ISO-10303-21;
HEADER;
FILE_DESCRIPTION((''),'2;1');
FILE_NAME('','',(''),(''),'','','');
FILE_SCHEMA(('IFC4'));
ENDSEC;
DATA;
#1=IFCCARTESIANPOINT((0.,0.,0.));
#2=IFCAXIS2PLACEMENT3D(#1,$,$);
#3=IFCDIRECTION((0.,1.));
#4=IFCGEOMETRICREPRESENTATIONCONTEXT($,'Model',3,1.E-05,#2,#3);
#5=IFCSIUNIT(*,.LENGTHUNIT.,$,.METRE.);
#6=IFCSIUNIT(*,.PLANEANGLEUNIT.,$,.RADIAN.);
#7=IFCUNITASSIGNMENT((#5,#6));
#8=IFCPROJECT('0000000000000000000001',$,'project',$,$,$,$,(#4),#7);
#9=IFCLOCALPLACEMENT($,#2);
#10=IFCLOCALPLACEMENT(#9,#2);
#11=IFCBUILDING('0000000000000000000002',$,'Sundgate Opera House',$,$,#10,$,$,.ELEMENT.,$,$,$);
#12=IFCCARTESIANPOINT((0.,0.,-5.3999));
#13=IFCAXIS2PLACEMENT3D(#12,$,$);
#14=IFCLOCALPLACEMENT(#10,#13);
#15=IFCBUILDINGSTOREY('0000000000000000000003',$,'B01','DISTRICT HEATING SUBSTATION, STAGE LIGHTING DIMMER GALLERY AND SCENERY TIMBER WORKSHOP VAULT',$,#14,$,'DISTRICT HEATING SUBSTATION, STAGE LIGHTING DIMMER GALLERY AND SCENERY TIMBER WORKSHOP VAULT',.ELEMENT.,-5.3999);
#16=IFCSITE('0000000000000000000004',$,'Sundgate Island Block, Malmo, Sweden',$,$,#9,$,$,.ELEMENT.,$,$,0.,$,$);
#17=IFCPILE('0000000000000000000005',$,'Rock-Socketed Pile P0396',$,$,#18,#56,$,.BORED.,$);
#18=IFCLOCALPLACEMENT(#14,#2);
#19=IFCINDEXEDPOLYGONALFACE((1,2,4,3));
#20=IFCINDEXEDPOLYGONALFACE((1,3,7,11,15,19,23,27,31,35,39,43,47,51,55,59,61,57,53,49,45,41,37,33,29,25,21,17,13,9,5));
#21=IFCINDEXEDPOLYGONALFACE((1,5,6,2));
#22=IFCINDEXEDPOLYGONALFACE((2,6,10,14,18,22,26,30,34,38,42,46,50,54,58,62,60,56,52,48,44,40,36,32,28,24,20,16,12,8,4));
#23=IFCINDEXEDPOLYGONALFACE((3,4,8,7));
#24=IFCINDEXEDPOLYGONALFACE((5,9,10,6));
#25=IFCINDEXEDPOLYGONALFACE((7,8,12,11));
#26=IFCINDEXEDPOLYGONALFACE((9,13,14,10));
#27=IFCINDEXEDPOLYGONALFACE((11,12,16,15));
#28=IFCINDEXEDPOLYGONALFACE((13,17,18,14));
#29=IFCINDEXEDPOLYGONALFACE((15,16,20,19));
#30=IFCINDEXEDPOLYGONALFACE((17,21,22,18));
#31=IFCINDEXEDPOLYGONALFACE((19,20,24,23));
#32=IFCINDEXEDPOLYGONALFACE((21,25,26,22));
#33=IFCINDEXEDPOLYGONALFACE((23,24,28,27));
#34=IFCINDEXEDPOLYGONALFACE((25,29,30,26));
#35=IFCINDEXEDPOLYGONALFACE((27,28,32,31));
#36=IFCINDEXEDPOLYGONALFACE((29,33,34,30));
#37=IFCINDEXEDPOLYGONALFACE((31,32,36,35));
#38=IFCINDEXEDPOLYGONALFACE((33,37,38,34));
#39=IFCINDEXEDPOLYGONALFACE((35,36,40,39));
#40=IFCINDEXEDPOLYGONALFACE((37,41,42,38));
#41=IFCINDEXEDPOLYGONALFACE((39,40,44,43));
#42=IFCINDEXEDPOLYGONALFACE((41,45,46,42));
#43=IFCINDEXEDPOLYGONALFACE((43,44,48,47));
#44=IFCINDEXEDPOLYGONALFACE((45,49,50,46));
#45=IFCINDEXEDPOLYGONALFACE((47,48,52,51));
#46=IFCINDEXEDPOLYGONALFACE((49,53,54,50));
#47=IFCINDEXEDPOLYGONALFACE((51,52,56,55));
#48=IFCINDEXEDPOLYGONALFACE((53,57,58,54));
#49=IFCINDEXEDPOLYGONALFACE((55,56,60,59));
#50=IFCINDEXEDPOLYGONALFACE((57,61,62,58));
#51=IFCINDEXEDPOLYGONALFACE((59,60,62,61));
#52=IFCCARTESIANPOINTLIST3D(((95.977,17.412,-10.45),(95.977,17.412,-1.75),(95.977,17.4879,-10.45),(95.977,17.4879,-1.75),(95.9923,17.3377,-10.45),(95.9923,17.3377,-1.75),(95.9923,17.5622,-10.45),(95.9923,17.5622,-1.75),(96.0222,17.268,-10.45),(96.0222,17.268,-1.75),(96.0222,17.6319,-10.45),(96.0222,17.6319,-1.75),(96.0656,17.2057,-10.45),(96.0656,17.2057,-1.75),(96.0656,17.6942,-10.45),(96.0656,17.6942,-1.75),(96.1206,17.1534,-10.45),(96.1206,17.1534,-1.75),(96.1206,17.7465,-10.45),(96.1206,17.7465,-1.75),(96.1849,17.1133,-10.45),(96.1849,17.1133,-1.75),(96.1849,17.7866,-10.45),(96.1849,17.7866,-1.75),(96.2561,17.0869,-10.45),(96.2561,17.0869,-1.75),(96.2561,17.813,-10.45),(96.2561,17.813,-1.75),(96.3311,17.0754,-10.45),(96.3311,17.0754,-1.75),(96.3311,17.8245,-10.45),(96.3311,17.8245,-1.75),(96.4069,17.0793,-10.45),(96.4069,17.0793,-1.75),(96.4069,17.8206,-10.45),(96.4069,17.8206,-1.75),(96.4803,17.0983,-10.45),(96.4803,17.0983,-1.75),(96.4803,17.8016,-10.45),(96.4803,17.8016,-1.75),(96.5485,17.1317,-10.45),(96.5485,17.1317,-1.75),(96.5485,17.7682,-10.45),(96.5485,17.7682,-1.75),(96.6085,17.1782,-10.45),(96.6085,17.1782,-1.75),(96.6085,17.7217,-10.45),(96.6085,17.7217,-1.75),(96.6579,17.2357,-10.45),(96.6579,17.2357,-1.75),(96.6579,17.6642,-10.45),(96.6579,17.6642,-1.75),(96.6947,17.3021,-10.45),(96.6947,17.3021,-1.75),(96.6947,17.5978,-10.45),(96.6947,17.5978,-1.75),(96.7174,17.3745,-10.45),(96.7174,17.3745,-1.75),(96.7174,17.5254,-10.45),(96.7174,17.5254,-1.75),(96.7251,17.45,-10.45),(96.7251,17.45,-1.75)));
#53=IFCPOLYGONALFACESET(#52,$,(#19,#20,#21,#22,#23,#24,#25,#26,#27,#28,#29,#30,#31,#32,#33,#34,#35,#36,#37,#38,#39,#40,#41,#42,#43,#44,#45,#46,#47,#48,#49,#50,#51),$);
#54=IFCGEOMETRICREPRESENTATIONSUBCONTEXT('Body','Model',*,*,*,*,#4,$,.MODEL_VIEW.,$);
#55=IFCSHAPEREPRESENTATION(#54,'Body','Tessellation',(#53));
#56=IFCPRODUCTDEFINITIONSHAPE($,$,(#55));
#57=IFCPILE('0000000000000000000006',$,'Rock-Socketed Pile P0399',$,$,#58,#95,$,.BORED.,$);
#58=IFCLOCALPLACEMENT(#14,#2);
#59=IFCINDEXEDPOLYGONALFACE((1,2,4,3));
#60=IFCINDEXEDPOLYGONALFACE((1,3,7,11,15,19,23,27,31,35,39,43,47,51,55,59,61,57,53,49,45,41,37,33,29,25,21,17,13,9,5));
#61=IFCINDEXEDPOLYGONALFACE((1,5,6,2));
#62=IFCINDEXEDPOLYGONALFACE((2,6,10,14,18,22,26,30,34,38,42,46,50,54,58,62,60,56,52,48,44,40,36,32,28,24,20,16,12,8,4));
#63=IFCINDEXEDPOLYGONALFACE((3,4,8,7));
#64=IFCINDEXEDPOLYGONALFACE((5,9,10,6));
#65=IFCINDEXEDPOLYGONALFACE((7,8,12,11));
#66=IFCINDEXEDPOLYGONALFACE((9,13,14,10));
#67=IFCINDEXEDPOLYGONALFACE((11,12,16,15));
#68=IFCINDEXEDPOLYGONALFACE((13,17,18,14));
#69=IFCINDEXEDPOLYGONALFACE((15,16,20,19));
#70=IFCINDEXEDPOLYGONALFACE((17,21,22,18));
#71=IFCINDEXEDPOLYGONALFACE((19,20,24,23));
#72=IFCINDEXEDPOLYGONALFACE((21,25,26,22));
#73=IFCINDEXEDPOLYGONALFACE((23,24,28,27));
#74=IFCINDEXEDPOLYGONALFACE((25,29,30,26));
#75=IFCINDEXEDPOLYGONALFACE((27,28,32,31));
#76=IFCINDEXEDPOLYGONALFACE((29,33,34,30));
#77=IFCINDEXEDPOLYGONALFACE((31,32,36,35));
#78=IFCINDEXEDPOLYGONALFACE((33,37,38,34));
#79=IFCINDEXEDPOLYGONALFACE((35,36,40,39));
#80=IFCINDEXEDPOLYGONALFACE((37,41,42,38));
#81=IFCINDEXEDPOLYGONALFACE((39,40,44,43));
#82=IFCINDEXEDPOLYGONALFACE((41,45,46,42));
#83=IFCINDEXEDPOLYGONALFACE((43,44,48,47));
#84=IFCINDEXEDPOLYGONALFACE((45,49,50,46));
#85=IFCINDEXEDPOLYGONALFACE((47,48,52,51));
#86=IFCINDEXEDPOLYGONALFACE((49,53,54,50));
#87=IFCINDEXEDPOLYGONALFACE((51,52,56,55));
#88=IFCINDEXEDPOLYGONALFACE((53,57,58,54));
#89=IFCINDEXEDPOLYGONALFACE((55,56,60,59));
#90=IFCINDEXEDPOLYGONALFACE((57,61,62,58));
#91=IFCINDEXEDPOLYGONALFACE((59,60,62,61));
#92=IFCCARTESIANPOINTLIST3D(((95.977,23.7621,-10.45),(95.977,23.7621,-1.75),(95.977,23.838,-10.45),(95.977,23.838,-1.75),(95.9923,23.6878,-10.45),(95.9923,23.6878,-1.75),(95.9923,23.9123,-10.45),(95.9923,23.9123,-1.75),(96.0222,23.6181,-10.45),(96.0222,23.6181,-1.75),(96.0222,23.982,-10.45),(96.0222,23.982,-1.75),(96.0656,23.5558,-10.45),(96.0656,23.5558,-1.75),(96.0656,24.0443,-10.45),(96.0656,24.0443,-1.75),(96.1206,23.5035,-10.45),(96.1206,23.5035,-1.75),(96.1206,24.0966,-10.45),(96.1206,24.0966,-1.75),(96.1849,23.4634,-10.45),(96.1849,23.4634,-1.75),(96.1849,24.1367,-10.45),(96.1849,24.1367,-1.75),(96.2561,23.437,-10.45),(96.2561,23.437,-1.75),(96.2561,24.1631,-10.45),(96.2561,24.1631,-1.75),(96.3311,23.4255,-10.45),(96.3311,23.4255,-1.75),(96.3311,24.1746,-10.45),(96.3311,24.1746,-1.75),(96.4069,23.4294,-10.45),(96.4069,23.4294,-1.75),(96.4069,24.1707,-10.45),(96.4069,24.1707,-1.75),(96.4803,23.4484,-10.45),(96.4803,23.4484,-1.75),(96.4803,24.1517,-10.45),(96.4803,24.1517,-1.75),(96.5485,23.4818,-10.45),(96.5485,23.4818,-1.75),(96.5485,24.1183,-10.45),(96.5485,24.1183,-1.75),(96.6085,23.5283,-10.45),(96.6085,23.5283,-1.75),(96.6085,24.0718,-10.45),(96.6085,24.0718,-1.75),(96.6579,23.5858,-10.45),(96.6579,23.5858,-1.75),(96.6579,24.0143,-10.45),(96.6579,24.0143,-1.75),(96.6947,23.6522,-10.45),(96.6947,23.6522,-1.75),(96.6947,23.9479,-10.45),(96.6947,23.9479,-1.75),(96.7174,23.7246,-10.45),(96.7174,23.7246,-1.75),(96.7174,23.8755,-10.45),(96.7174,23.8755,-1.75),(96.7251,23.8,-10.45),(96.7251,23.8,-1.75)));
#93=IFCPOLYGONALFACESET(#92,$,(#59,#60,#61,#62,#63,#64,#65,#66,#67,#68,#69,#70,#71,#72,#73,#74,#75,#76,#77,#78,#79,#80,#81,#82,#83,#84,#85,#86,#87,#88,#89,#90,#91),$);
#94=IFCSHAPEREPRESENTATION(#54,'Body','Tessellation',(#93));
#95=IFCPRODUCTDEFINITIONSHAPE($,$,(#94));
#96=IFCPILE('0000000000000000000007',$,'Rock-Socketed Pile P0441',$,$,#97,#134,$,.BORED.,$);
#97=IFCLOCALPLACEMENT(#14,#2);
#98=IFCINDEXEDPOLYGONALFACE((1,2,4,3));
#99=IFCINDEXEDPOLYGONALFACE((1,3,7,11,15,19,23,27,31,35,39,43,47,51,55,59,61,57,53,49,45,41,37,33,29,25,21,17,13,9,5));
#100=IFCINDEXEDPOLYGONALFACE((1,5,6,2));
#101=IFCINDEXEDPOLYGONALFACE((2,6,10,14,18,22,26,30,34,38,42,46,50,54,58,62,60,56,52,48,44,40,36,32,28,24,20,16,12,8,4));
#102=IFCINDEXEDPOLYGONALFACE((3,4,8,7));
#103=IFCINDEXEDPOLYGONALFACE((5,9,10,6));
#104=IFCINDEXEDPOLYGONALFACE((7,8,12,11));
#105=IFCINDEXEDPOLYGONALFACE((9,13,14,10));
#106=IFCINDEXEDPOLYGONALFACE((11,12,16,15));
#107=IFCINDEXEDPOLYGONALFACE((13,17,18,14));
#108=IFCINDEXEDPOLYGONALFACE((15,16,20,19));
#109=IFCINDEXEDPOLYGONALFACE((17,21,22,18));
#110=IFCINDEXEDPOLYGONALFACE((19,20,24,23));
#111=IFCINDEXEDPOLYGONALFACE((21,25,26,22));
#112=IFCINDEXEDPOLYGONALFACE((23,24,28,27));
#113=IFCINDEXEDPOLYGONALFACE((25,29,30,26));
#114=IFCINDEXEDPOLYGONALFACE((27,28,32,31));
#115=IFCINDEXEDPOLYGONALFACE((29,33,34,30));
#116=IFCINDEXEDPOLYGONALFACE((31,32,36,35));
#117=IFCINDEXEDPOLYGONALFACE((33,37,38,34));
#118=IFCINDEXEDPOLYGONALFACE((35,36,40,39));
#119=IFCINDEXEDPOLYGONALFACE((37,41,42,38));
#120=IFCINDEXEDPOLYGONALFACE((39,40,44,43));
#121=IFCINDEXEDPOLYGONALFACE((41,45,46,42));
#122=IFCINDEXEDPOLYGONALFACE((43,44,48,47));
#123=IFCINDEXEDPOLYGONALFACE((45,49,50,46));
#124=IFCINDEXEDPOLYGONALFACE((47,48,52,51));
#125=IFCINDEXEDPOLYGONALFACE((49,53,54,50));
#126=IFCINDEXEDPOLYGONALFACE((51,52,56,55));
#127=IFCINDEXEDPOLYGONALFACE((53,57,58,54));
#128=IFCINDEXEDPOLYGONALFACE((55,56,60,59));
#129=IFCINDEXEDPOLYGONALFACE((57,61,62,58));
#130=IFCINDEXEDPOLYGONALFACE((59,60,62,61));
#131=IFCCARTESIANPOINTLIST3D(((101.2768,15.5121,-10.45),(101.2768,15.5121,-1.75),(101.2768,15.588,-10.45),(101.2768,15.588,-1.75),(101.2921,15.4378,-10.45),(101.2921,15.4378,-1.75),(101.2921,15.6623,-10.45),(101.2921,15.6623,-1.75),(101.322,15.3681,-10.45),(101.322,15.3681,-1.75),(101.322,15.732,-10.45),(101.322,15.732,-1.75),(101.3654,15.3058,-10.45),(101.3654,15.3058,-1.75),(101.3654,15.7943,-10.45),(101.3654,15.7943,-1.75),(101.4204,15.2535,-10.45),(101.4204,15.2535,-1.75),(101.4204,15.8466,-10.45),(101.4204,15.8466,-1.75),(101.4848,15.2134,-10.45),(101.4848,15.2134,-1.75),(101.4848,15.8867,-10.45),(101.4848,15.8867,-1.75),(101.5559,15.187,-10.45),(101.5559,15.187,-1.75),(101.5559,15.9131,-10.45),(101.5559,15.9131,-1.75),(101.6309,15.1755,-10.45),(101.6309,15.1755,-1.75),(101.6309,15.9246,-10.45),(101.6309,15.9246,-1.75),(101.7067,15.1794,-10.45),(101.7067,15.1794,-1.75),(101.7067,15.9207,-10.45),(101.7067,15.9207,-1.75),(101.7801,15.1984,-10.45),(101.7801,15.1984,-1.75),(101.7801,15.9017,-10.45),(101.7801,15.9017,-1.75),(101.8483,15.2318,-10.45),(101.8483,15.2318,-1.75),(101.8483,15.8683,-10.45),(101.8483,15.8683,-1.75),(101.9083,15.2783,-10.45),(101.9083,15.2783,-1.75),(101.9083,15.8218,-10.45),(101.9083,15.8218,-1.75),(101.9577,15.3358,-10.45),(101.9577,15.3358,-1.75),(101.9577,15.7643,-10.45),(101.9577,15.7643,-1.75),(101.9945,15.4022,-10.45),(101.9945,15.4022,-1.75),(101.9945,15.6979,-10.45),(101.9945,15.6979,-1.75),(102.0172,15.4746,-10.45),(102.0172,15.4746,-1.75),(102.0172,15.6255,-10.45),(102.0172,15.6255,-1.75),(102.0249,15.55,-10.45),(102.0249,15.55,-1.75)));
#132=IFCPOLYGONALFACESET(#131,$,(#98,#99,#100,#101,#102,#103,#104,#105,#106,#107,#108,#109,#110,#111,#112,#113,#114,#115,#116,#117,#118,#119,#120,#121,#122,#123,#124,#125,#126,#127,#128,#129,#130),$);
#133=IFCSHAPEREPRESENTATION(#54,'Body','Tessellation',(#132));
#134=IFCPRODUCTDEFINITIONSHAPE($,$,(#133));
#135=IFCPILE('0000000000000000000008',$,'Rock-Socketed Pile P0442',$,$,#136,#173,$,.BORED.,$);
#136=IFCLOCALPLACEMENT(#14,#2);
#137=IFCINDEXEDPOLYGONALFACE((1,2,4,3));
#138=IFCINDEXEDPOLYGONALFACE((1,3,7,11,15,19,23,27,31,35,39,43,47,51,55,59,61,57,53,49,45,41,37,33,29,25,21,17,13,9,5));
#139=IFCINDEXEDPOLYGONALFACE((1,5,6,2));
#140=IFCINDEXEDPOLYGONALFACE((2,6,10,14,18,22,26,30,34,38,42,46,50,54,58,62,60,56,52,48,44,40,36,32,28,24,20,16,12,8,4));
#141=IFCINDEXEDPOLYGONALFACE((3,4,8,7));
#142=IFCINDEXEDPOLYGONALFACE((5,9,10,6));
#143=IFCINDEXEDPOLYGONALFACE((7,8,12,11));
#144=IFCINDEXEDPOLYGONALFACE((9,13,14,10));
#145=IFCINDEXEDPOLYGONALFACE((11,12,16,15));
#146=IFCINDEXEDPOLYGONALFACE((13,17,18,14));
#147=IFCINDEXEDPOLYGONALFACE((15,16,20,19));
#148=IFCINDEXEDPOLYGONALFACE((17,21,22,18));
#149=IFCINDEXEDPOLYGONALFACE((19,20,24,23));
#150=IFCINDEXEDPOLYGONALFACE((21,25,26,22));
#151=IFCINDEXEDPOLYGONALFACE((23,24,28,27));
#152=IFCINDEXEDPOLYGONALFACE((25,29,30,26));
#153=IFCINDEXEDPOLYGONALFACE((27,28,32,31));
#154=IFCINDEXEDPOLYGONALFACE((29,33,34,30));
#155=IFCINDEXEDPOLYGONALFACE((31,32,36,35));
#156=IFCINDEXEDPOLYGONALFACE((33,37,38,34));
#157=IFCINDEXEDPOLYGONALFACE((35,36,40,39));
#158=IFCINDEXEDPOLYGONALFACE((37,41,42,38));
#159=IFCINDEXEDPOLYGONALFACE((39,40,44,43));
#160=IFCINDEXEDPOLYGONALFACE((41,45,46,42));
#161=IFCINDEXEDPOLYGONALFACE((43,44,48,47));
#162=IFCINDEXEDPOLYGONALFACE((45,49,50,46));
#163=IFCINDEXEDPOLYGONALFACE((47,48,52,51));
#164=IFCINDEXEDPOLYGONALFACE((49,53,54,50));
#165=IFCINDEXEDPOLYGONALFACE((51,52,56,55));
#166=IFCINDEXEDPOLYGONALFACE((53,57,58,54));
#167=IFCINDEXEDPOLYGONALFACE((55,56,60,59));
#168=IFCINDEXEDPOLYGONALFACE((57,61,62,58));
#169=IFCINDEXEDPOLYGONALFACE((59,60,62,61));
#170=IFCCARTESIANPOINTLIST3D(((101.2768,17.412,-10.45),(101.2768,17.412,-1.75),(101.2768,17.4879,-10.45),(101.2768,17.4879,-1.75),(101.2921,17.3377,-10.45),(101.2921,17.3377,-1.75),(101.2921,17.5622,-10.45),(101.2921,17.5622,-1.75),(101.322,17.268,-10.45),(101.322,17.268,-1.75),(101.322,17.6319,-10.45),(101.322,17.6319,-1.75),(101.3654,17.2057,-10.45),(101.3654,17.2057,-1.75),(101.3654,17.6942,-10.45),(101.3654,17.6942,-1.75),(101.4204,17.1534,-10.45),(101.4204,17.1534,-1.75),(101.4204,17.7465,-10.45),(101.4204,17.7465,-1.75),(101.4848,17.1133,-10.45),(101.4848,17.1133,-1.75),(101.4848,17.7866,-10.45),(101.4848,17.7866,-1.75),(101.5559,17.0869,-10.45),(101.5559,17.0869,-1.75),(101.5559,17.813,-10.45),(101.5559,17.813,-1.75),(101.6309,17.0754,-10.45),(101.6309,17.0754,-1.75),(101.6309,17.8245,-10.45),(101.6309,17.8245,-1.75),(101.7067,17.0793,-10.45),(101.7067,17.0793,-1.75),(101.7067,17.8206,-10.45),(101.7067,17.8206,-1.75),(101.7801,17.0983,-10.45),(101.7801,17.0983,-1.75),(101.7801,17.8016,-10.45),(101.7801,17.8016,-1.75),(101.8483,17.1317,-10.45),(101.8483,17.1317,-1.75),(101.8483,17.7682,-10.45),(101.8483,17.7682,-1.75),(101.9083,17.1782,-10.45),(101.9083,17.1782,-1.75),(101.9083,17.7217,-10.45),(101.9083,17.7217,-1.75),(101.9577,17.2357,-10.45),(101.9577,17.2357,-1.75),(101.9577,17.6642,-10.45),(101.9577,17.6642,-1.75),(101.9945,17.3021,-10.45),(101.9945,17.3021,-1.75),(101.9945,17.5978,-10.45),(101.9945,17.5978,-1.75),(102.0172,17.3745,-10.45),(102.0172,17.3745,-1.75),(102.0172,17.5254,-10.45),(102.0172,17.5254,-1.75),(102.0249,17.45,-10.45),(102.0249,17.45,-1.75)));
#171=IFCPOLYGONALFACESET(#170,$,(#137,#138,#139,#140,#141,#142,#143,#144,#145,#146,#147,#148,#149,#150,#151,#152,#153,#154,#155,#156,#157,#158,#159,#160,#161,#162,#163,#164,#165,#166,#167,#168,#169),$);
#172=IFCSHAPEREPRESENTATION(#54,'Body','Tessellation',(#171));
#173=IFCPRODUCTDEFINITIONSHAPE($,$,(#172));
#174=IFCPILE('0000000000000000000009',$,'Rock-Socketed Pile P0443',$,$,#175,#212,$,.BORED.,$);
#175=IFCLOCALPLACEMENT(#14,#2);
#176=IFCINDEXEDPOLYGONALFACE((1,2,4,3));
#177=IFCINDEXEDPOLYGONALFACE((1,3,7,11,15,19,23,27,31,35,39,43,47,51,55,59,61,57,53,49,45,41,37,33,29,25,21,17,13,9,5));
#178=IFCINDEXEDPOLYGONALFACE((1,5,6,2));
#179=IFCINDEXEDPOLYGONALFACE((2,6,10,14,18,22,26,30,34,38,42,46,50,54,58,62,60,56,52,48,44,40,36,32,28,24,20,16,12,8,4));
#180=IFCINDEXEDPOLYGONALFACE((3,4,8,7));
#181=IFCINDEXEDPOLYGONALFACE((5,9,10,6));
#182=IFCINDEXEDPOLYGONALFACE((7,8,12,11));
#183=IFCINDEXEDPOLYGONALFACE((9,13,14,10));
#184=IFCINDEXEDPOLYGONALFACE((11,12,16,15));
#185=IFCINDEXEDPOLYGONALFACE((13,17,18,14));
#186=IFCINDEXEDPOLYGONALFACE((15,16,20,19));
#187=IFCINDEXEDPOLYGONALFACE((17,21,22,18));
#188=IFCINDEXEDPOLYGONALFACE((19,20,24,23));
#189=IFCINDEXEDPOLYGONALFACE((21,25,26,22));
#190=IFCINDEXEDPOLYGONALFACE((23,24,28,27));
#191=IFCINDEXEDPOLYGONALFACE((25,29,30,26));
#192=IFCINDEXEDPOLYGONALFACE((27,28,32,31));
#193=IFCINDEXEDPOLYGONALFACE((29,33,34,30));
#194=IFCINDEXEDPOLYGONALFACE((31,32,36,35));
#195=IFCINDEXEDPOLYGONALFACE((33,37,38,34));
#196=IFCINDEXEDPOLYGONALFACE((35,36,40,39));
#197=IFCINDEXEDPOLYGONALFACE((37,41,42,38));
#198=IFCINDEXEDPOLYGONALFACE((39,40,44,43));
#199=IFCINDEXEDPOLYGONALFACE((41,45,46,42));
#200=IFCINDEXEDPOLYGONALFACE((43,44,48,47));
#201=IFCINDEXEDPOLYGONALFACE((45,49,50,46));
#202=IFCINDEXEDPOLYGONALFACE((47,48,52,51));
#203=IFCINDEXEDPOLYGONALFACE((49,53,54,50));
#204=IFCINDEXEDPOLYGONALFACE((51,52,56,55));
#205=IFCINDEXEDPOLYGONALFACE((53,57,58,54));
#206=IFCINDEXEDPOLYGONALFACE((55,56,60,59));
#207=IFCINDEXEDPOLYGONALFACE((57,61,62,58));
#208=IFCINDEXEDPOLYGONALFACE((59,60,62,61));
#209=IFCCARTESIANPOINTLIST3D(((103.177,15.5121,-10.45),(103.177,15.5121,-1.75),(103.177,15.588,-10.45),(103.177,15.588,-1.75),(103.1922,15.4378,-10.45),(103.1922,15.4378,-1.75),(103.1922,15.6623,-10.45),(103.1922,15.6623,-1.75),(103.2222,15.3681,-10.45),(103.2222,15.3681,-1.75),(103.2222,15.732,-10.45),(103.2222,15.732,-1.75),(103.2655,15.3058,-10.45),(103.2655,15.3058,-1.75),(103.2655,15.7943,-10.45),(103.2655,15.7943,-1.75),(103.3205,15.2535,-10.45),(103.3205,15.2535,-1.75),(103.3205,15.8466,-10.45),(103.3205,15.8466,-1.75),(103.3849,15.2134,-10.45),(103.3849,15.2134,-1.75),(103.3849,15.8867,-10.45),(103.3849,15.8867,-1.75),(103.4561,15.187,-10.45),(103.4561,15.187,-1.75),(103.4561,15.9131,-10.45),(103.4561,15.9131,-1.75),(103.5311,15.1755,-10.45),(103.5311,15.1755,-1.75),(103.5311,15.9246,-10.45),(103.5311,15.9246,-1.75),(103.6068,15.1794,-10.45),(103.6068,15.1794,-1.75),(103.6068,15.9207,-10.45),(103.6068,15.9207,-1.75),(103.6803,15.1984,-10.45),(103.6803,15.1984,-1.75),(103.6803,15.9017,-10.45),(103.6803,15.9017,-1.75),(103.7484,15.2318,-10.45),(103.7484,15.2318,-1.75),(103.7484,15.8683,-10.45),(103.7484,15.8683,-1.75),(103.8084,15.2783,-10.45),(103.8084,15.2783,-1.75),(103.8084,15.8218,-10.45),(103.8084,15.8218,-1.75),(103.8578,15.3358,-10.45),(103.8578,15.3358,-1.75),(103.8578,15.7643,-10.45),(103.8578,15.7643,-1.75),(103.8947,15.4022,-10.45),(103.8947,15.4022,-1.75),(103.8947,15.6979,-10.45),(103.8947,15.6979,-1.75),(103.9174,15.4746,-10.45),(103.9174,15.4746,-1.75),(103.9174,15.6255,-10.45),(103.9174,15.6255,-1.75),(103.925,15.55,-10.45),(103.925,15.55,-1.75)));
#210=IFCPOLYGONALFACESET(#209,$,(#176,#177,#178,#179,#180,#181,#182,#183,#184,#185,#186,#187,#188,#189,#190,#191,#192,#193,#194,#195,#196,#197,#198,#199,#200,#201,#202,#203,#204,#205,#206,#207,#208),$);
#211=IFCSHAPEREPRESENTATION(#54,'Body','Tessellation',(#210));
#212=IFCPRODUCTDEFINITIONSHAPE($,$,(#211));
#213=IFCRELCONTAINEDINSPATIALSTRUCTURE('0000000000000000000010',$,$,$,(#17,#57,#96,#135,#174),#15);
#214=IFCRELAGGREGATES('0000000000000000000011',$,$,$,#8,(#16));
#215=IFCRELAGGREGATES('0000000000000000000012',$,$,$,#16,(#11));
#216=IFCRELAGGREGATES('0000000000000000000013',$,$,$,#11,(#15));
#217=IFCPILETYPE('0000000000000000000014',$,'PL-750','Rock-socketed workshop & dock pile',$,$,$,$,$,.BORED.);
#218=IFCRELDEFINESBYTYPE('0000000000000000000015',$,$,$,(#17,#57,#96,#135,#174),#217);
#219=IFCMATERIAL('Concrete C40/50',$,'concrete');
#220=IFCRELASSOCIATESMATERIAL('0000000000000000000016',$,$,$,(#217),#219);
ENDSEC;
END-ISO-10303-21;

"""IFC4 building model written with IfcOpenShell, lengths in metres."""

from ifc_helpers import new_model, si_unit, direction, frame, origin, origin_2d, place, context, subcontext, project, spatial, circle, extrude, material, material_profile, profile_set, type_object, element, save


model = new_model("IFC4")

# Units and contexts
model_context = context("Model", 3, precision=1e-05, world=origin(), true_north=direction((0.0, 1.0)))
body_context = subcontext(model_context, "Body", "Model", "MODEL_VIEW")
ifc_project = project(units=[si_unit("LENGTHUNIT", "METRE"), si_unit("PLANEANGLEUNIT", "RADIAN")], contexts=[model_context])

# Site, building, storey
site_placement = place(None, origin())
site = spatial("IfcSite", under=ifc_project, at=site_placement, Name="Sundgate Island Block, Malmo, Sweden", CompositionType="ELEMENT", RefElevation=0.0)
building_placement = place(site_placement, origin())
building = spatial("IfcBuilding", under=site, at=building_placement, Name="Sundgate Opera House", CompositionType="ELEMENT")
storey_placement = place(building_placement, frame((0.0, 0.0, -5.3999)))
storey = spatial("IfcBuildingStorey", under=building, at=storey_placement, Name="B01", Description="DISTRICT HEATING SUBSTATION, STAGE LIGHTING DIMMER GALLERY AND SCENERY TIMBER WORKSHOP VAULT", LongName="DISTRICT HEATING SUBSTATION, STAGE LIGHTING DIMMER GALLERY AND SCENERY TIMBER WORKSHOP VAULT", CompositionType="ELEMENT", Elevation=-5.3999)

# Piles
ifc_material_1 = material(Name="Concrete C40/50", Category="concrete")
ifc_material_profile_1 = material_profile(ifc_material_1, circle(Radius=0.375, at=origin_2d()), Name="PILE D750")
ifc_profile_set_1 = profile_set([ifc_material_profile_1], Name="Concrete C40/50")
pile_type = type_object("IfcPileType", Name="PL-750", Description="Rock-socketed workshop & dock pile", PredefinedType="BORED", material=ifc_profile_set_1)
for number, where, z_axis, x_axis, name in (
    (1, (96.3501, 17.45, -1.75), (0.0, 0.0, -1.0), (1.0, 0.0, 0.0), "Rock-Socketed Pile P0396"),
    (2, (96.3501, 23.8, -1.75), (0.0, 0.0, -1.0), (1.0, 0.0, 0.0), "Rock-Socketed Pile P0399"),
    (3, (101.6499, 15.55, -1.75), (0.0, 0.0, -1.0), (1.0, 0.0, 0.0), "Rock-Socketed Pile P0441"),
    (4, (101.6499, 17.45, -1.75), (0.0, 0.0, -1.0), (1.0, 0.0, 0.0), "Rock-Socketed Pile P0442"),
    (5, (103.55, 15.55, -1.75), (0.0, 0.0, -1.0), (1.0, 0.0, 0.0), "Rock-Socketed Pile P0443"),
):
    element("IfcPile", number, at=place(storey_placement, frame(where, z_axis=z_axis, x_axis=x_axis)), inside=storey, type_object=pile_type, Name=name, PredefinedType="BORED", context=body_context, shape_type="SweptSolid", body=[
        extrude(circle(Radius=0.375, at=origin_2d()), origin(), (0.0, 0.0, 1.0), 8.7),
    ])

save(model, "model.ifc")
